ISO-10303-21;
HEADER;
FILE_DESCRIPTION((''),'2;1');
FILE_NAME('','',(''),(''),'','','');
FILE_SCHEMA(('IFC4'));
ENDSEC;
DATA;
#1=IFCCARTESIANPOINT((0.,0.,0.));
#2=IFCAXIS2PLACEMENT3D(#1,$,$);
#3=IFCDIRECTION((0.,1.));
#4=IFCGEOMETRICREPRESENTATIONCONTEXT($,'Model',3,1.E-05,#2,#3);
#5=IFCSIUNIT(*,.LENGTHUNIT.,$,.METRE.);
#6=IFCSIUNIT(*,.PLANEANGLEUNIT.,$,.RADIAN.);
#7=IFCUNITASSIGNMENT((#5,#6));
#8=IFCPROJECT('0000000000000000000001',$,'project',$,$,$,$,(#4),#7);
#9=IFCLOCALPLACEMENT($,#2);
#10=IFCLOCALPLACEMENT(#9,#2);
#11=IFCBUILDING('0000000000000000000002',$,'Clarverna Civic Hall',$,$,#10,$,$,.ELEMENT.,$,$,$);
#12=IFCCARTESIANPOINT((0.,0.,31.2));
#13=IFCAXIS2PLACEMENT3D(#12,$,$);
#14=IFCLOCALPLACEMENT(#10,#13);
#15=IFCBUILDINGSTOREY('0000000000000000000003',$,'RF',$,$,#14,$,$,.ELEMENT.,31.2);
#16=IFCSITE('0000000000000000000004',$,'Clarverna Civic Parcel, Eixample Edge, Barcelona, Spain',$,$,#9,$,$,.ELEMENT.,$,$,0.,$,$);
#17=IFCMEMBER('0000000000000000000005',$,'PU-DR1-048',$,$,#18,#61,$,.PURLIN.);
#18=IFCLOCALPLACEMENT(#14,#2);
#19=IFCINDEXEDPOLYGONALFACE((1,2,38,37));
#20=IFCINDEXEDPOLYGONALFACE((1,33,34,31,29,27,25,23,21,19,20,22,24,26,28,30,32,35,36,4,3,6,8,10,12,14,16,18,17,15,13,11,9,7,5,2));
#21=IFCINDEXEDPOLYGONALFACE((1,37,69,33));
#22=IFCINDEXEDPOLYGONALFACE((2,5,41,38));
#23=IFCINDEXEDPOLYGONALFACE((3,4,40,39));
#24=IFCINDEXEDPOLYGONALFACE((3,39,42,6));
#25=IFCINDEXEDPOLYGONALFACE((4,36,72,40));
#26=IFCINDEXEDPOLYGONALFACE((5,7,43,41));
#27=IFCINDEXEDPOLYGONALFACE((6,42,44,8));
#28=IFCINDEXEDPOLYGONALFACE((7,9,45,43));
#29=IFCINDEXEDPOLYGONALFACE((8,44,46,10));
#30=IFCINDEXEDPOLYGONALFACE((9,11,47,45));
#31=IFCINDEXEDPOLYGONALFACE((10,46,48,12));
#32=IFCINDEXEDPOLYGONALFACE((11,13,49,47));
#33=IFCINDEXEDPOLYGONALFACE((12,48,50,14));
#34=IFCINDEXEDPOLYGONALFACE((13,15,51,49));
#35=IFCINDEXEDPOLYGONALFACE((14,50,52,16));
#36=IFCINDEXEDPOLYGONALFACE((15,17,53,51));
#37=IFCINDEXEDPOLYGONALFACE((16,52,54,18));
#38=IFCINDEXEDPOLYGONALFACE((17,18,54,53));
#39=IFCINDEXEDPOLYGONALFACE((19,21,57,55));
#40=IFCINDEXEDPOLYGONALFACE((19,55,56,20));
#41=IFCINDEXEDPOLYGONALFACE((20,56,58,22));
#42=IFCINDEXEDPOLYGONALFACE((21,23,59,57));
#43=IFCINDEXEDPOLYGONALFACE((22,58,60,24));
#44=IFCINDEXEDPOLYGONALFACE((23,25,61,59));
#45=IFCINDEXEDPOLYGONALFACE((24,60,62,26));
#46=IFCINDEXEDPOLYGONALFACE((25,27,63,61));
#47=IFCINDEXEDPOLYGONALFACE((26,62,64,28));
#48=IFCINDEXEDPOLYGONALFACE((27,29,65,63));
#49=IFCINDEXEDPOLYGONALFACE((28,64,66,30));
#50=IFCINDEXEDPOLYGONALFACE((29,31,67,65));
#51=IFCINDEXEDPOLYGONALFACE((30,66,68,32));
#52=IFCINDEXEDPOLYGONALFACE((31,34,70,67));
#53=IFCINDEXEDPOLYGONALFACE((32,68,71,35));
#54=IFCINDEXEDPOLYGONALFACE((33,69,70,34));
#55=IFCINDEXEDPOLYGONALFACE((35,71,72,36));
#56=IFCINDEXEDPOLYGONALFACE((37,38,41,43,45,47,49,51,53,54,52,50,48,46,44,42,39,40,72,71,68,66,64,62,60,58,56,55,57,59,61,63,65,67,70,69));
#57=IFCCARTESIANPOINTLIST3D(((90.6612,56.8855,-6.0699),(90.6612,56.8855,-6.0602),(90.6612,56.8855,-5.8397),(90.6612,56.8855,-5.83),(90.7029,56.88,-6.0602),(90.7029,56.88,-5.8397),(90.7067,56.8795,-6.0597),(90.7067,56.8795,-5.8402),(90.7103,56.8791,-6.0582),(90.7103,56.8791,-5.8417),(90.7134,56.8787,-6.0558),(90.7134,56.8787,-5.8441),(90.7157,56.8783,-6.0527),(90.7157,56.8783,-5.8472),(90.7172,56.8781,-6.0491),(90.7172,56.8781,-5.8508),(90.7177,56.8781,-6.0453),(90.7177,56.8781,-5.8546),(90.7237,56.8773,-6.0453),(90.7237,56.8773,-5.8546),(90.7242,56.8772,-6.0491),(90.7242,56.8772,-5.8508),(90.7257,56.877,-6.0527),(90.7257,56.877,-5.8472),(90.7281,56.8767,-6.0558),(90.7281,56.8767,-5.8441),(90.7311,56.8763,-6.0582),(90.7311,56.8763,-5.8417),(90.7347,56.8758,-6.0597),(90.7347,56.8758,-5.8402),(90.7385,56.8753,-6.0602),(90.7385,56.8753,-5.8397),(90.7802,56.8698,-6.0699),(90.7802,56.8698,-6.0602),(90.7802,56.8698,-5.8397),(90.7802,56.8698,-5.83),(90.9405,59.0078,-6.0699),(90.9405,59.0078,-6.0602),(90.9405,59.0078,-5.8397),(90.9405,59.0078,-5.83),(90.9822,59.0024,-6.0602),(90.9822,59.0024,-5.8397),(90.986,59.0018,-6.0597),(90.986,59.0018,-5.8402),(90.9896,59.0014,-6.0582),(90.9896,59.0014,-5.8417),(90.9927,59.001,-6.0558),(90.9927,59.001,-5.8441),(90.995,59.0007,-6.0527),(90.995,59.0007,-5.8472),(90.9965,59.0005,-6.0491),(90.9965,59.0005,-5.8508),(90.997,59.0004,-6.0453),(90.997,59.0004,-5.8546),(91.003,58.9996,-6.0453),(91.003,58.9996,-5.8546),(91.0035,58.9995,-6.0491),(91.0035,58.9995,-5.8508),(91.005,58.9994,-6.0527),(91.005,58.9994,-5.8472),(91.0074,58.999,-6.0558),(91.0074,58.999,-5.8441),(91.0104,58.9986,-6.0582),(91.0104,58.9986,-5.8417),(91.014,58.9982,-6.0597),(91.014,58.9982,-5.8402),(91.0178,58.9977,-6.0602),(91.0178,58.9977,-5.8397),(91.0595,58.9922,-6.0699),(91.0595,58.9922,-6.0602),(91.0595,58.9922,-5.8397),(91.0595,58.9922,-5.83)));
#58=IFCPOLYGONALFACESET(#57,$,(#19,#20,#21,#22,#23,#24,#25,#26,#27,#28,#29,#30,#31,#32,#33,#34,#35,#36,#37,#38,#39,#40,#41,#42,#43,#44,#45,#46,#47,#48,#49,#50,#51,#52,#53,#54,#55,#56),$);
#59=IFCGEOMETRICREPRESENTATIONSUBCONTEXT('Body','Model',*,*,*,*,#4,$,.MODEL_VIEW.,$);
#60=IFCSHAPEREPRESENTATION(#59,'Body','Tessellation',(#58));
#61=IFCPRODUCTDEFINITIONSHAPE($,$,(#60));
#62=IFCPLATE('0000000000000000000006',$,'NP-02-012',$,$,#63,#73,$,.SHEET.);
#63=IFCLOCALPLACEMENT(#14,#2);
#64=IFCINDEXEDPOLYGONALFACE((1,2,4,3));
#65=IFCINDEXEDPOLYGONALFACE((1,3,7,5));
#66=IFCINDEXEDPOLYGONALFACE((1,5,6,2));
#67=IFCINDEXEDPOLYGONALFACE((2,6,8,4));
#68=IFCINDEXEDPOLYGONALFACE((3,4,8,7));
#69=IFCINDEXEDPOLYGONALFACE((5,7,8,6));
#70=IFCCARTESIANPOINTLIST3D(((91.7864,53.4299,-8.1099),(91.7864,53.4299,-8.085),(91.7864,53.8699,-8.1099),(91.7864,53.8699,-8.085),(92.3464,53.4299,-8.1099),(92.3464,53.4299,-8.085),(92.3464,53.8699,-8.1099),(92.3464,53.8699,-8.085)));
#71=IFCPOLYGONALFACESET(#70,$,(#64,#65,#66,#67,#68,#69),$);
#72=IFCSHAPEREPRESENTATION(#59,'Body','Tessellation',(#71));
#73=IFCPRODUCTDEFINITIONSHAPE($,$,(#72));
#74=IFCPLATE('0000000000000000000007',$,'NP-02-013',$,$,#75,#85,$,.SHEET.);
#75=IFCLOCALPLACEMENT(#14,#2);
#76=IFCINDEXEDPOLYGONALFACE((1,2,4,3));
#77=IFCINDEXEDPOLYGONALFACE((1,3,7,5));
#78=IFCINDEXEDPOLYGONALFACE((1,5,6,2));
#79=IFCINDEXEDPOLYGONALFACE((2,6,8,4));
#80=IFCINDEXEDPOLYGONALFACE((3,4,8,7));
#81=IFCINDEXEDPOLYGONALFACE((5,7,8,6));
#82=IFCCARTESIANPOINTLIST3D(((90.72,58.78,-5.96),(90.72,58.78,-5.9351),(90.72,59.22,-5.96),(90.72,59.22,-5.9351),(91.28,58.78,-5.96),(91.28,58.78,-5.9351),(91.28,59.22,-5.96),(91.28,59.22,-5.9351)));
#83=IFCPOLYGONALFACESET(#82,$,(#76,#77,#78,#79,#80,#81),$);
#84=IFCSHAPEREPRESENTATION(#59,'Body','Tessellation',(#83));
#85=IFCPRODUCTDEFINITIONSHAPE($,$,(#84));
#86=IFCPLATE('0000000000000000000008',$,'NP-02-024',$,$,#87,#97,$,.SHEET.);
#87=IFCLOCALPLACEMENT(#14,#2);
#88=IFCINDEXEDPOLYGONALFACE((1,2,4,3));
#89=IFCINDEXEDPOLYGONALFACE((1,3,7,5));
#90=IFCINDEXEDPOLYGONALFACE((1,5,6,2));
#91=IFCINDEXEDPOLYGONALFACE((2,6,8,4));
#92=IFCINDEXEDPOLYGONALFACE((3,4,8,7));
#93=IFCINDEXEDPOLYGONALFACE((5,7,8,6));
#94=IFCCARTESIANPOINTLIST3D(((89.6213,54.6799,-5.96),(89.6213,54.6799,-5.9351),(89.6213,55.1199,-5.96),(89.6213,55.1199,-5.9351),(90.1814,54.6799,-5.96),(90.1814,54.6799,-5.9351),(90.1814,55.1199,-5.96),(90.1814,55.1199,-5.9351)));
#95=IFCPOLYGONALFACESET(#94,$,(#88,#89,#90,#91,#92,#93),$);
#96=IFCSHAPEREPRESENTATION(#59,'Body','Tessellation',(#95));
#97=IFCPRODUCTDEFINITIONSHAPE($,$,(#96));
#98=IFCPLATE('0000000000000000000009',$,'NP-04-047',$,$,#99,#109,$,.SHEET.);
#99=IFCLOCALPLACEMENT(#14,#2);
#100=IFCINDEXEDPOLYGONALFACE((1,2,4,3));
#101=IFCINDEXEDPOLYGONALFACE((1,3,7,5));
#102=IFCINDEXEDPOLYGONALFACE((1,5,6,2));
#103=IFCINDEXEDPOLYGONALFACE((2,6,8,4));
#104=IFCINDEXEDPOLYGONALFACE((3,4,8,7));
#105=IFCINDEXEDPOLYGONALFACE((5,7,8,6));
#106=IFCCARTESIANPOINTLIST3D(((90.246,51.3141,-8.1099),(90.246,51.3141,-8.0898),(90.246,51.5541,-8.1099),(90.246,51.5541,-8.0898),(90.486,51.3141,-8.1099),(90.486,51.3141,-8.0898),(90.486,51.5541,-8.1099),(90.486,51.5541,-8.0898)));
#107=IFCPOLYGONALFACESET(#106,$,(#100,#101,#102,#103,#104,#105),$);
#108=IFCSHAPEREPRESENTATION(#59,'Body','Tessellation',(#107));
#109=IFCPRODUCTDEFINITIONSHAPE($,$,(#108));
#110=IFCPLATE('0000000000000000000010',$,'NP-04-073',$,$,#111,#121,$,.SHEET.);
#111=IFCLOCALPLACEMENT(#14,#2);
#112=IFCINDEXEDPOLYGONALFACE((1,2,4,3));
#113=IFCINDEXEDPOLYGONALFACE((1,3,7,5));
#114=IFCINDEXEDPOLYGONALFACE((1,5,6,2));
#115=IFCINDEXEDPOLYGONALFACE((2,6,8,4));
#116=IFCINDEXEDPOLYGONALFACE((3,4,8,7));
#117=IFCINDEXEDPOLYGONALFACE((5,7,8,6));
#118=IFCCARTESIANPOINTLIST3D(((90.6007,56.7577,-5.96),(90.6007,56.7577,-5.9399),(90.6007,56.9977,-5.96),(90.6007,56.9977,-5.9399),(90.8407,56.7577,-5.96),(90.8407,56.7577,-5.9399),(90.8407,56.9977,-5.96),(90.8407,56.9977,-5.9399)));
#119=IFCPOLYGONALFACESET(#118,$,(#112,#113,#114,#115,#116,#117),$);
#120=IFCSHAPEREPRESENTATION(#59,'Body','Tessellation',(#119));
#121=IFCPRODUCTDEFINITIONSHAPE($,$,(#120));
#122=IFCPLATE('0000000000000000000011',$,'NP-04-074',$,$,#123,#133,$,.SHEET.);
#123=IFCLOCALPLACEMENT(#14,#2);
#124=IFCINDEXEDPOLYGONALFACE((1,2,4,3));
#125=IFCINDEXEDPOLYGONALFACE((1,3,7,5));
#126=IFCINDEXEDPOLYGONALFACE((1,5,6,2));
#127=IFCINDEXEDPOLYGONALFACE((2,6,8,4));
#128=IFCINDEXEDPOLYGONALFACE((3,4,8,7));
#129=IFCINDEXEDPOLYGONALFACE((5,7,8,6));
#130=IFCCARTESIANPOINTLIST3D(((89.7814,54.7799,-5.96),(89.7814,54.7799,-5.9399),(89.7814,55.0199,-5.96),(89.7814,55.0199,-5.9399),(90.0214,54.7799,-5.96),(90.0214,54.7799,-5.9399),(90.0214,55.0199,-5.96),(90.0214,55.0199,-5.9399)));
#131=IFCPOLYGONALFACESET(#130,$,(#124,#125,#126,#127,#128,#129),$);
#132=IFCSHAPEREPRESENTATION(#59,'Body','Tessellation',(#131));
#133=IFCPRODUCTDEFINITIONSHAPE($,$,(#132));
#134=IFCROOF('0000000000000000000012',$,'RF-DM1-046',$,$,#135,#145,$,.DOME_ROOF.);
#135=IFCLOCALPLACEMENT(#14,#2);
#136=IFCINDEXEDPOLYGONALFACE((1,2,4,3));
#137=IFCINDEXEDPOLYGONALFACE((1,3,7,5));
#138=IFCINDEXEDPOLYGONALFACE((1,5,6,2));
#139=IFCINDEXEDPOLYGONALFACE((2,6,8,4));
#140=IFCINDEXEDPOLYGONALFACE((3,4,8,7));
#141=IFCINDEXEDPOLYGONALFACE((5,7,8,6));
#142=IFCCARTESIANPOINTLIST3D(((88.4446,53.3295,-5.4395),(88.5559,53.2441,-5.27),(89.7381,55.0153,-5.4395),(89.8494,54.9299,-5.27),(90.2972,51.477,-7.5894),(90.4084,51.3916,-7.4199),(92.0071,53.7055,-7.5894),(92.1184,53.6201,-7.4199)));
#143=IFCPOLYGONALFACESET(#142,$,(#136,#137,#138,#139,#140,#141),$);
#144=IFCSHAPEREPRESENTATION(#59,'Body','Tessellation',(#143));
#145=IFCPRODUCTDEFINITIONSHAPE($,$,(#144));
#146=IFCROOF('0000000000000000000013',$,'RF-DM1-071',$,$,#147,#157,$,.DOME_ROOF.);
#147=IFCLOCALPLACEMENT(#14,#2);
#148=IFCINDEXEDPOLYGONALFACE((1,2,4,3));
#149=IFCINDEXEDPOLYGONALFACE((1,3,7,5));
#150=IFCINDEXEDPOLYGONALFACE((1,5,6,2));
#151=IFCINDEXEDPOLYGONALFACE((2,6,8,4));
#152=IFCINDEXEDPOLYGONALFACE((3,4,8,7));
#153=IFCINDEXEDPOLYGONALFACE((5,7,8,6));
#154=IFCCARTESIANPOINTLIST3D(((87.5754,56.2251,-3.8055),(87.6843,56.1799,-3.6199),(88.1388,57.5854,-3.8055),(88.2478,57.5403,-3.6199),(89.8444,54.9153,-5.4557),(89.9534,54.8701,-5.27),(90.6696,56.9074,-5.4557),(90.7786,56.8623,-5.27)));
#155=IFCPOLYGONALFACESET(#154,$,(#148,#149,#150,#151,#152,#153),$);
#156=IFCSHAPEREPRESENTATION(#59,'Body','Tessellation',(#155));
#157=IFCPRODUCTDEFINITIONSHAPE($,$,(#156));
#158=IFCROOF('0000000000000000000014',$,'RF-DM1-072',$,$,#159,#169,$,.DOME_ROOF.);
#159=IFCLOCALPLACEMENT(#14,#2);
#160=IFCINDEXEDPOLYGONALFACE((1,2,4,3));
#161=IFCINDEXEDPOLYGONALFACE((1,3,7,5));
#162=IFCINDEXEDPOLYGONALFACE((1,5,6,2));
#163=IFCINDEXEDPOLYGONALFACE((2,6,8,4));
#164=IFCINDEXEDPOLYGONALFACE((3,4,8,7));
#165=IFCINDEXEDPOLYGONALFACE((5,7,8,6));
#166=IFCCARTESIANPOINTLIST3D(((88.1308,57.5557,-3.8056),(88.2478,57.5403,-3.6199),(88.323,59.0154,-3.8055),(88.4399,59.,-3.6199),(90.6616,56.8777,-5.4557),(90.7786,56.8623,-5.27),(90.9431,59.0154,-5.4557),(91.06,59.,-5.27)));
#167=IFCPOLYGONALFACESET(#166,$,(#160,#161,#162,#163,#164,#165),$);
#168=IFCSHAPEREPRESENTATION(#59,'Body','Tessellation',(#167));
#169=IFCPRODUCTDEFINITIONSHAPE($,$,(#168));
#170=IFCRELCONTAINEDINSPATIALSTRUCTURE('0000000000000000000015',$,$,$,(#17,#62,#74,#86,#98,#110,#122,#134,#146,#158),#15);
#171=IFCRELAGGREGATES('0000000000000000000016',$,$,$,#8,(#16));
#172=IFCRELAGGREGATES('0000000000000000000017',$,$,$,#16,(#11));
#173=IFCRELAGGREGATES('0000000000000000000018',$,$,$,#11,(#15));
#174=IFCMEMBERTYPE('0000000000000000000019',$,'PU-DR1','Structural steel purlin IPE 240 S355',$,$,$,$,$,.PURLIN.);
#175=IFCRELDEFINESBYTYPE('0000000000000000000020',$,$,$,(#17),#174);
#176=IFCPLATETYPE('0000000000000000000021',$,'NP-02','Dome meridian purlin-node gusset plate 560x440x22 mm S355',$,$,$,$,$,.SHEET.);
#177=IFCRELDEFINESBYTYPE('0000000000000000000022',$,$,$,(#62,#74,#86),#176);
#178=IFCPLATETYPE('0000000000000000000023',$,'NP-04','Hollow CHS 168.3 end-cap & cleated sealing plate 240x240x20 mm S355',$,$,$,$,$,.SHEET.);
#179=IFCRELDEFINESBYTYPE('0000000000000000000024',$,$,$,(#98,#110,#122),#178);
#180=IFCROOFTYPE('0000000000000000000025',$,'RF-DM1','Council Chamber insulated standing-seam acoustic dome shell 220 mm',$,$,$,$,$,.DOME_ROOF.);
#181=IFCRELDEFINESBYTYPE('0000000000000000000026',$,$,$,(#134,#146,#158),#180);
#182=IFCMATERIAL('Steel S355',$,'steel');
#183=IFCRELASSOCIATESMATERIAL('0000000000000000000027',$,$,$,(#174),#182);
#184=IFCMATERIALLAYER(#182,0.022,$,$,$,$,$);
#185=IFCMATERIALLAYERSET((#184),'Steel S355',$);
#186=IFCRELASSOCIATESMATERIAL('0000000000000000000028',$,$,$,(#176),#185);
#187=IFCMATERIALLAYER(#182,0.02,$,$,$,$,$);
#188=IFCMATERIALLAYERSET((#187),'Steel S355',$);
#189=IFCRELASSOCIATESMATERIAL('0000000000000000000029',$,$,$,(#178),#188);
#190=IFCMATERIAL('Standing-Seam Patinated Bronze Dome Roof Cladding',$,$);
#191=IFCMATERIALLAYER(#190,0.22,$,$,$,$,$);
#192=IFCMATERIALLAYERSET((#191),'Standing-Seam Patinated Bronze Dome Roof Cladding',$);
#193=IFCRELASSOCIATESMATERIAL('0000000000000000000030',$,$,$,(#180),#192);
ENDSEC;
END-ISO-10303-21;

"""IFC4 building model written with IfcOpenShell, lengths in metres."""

from ifc_helpers import new_model, si_unit, direction, frame, origin, origin_2d, place, context, subcontext, project, spatial, polyline, rectangle, i_section, outline, extrude, material, layer, layer_set, material_profile, profile_set, type_object, element, save


model = new_model("IFC4")

# Units and contexts
model_context = context("Model", 3, precision=1e-05, world=origin(), true_north=direction((0.0, 1.0)))
body_context = subcontext(model_context, "Body", "Model", "MODEL_VIEW")
ifc_project = project(units=[si_unit("LENGTHUNIT", "METRE"), si_unit("PLANEANGLEUNIT", "RADIAN")], contexts=[model_context])

# Site, building, storey
site_placement = place(None, origin())
site = spatial("IfcSite", under=ifc_project, at=site_placement, Name="Clarverna Civic Parcel, Eixample Edge, Barcelona, Spain", CompositionType="ELEMENT", RefElevation=0.0)
building_placement = place(site_placement, origin())
building = spatial("IfcBuilding", under=site, at=building_placement, Name="Clarverna Civic Hall", CompositionType="ELEMENT")
storey_placement = place(building_placement, frame((0.0, 0.0, 31.2)))
storey = spatial("IfcBuildingStorey", under=building, at=storey_placement, Name="RF", CompositionType="ELEMENT", Elevation=31.2)

# Member
ifc_material_1 = material(Name="Steel S355", Category="steel")
ifc_material_profile_1 = material_profile(ifc_material_1, i_section(OverallWidth=0.1201, OverallDepth=0.24, WebThickness=0.0061, FlangeThickness=0.0098, FilletRadius=0.0149, at=origin_2d()), Name="IPE 240")
ifc_profile_set_1 = profile_set([ifc_material_profile_1], Name="Steel S355")
member_type_1 = type_object("IfcMemberType", Name="PU-DR1", Description="Structural steel purlin IPE 240 S355", PredefinedType="PURLIN", material=ifc_profile_set_1)
member_1_placement = place(storey_placement, frame((90.7207, 56.8777, -5.95), z_axis=(0.130475, 0.991452, 0.0), x_axis=(-0.991452, 0.130475, 0.0)))
element("IfcMember", 1, at=member_1_placement, inside=storey, type_object=member_type_1, Name="PU-DR1-048", PredefinedType="PURLIN", context=body_context, shape_type="SweptSolid", body=[
    extrude(i_section(OverallWidth=0.1201, OverallDepth=0.24, WebThickness=0.0061, FlangeThickness=0.0098, FilletRadius=0.0149, at=origin_2d()), origin(), (0.0, 0.0, 1.0), 2.1406),
])

# Plates
ifc_layer_1 = layer(ifc_material_1, 0.022)
ifc_layer_set_1 = layer_set([ifc_layer_1], Name="Steel S355")
plate_type_1 = type_object("IfcPlateType", Name="NP-02", Description="Dome meridian purlin-node gusset plate 560x440x22 mm S355", PredefinedType="SHEET", material=ifc_layer_set_1)
for number, where, z_axis, x_axis, name in (
    (2, (92.0664, 53.6499, -8.1099), (0.0, 0.0, 1.0), (1.0, 0.0, 0.0), "NP-02-012"),
    (3, (91.0, 59.0, -5.96), (0.0, 0.0, 1.0), (1.0, 0.0, 0.0), "NP-02-013"),
    (4, (89.9014, 54.8999, -5.96), (0.0, 0.0, 1.0), (1.0, 0.0, 0.0), "NP-02-024"),
):
    element("IfcPlate", number, at=place(storey_placement, frame(where, z_axis=z_axis, x_axis=x_axis)), inside=storey, type_object=plate_type_1, Name=name, PredefinedType="SHEET", context=body_context, shape_type="SweptSolid", body=[
        extrude(rectangle(XDim=0.5601, YDim=0.4399, at=origin_2d()), origin(), (0.0, 0.0, 1.0), 0.0249),
    ])
ifc_layer_2 = layer(ifc_material_1, 0.02)
ifc_layer_set_2 = layer_set([ifc_layer_2], Name="Steel S355")
plate_type_2 = type_object("IfcPlateType", Name="NP-04", Description="Hollow CHS 168.3 end-cap & cleated sealing plate 240x240x20 mm S355", PredefinedType="SHEET", material=ifc_layer_set_2)
for number, where, z_axis, x_axis, name in (
    (5, (90.366, 51.4341, -8.1099), (0.0, 0.0, 1.0), (1.0, 0.0, 0.0), "NP-04-047"),
    (6, (90.7207, 56.8777, -5.96), (0.0, 0.0, 1.0), (1.0, 0.0, 0.0), "NP-04-073"),
    (7, (89.9014, 54.8999, -5.96), (0.0, 0.0, 1.0), (1.0, 0.0, 0.0), "NP-04-074"),
):
    element("IfcPlate", number, at=place(storey_placement, frame(where, z_axis=z_axis, x_axis=x_axis)), inside=storey, type_object=plate_type_2, Name=name, PredefinedType="SHEET", context=body_context, shape_type="SweptSolid", body=[
        extrude(rectangle(XDim=0.24, YDim=0.24, at=origin_2d()), origin(), (0.0, 0.0, 1.0), 0.02),
    ])

# Roofs
ifc_material_2 = material(Name="Standing-Seam Patinated Bronze Dome Roof Cladding")
ifc_layer_3 = layer(ifc_material_2, 0.22)
ifc_layer_set_3 = layer_set([ifc_layer_3], Name="Standing-Seam Patinated Bronze Dome Roof Cladding")
roof_type = type_object("IfcRoofType", Name="RF-DM1", Description="Council Chamber insulated standing-seam acoustic dome shell 220 mm", PredefinedType="DOME_ROOF", material=ifc_layer_set_3)
roof_1_placement = place(storey_placement, frame((90.4084, 51.3916, -7.4199), z_axis=(0.50586, -0.388143, 0.770358), x_axis=(0.608749, 0.793363, -0.000005)))
element("IfcRoof", 8, at=roof_1_placement, inside=storey, type_object=roof_type, Name="RF-DM1-046", PredefinedType="DOME_ROOF", context=body_context, shape_type="SweptSolid", body=[
    extrude(outline(polyline([(0.0, 0.0), (2.809, 0.0), (2.4668, 3.3718), (0.342, 3.3718), (0.0, 0.0)])), origin(), (0.0, 0.0, -1.0), 0.22),
])
roof_2_placement = place(storey_placement, frame((89.9534, 54.8701, -5.27), z_axis=(0.495399, -0.205201, 0.844081), x_axis=(0.382685, 0.923879, 0.0)))
element("IfcRoof", 9, at=roof_2_placement, inside=storey, type_object=roof_type, Name="RF-DM1-071", PredefinedType="DOME_ROOF", context=body_context, shape_type="SweptSolid", body=[
    extrude(outline(polyline([(0.0, 0.0), (2.1563, 0.0), (1.8142, 3.0774), (0.3418, 3.0774), (0.0, 0.0)])), origin(), (0.0, 0.0, -1.0), 0.22),
])
roof_3_placement = place(storey_placement, frame((90.7786, 56.8623, -5.27), z_axis=(0.531616, -0.069992, 0.844089), x_axis=(0.130548, 0.991442, -0.00001)))
element("IfcRoof", 10, at=roof_3_placement, inside=storey, type_object=roof_type, Name="RF-DM1-072", PredefinedType="DOME_ROOF", context=body_context, shape_type="SweptSolid", body=[
    extrude(outline(polyline([(0.0, 0.0), (2.1561, 0.0), (1.8141, 3.0775), (0.3418, 3.0774), (0.0, 0.0)])), origin(), (0.0, 0.0, -1.0), 0.22),
])

save(model, "model.ifc")
